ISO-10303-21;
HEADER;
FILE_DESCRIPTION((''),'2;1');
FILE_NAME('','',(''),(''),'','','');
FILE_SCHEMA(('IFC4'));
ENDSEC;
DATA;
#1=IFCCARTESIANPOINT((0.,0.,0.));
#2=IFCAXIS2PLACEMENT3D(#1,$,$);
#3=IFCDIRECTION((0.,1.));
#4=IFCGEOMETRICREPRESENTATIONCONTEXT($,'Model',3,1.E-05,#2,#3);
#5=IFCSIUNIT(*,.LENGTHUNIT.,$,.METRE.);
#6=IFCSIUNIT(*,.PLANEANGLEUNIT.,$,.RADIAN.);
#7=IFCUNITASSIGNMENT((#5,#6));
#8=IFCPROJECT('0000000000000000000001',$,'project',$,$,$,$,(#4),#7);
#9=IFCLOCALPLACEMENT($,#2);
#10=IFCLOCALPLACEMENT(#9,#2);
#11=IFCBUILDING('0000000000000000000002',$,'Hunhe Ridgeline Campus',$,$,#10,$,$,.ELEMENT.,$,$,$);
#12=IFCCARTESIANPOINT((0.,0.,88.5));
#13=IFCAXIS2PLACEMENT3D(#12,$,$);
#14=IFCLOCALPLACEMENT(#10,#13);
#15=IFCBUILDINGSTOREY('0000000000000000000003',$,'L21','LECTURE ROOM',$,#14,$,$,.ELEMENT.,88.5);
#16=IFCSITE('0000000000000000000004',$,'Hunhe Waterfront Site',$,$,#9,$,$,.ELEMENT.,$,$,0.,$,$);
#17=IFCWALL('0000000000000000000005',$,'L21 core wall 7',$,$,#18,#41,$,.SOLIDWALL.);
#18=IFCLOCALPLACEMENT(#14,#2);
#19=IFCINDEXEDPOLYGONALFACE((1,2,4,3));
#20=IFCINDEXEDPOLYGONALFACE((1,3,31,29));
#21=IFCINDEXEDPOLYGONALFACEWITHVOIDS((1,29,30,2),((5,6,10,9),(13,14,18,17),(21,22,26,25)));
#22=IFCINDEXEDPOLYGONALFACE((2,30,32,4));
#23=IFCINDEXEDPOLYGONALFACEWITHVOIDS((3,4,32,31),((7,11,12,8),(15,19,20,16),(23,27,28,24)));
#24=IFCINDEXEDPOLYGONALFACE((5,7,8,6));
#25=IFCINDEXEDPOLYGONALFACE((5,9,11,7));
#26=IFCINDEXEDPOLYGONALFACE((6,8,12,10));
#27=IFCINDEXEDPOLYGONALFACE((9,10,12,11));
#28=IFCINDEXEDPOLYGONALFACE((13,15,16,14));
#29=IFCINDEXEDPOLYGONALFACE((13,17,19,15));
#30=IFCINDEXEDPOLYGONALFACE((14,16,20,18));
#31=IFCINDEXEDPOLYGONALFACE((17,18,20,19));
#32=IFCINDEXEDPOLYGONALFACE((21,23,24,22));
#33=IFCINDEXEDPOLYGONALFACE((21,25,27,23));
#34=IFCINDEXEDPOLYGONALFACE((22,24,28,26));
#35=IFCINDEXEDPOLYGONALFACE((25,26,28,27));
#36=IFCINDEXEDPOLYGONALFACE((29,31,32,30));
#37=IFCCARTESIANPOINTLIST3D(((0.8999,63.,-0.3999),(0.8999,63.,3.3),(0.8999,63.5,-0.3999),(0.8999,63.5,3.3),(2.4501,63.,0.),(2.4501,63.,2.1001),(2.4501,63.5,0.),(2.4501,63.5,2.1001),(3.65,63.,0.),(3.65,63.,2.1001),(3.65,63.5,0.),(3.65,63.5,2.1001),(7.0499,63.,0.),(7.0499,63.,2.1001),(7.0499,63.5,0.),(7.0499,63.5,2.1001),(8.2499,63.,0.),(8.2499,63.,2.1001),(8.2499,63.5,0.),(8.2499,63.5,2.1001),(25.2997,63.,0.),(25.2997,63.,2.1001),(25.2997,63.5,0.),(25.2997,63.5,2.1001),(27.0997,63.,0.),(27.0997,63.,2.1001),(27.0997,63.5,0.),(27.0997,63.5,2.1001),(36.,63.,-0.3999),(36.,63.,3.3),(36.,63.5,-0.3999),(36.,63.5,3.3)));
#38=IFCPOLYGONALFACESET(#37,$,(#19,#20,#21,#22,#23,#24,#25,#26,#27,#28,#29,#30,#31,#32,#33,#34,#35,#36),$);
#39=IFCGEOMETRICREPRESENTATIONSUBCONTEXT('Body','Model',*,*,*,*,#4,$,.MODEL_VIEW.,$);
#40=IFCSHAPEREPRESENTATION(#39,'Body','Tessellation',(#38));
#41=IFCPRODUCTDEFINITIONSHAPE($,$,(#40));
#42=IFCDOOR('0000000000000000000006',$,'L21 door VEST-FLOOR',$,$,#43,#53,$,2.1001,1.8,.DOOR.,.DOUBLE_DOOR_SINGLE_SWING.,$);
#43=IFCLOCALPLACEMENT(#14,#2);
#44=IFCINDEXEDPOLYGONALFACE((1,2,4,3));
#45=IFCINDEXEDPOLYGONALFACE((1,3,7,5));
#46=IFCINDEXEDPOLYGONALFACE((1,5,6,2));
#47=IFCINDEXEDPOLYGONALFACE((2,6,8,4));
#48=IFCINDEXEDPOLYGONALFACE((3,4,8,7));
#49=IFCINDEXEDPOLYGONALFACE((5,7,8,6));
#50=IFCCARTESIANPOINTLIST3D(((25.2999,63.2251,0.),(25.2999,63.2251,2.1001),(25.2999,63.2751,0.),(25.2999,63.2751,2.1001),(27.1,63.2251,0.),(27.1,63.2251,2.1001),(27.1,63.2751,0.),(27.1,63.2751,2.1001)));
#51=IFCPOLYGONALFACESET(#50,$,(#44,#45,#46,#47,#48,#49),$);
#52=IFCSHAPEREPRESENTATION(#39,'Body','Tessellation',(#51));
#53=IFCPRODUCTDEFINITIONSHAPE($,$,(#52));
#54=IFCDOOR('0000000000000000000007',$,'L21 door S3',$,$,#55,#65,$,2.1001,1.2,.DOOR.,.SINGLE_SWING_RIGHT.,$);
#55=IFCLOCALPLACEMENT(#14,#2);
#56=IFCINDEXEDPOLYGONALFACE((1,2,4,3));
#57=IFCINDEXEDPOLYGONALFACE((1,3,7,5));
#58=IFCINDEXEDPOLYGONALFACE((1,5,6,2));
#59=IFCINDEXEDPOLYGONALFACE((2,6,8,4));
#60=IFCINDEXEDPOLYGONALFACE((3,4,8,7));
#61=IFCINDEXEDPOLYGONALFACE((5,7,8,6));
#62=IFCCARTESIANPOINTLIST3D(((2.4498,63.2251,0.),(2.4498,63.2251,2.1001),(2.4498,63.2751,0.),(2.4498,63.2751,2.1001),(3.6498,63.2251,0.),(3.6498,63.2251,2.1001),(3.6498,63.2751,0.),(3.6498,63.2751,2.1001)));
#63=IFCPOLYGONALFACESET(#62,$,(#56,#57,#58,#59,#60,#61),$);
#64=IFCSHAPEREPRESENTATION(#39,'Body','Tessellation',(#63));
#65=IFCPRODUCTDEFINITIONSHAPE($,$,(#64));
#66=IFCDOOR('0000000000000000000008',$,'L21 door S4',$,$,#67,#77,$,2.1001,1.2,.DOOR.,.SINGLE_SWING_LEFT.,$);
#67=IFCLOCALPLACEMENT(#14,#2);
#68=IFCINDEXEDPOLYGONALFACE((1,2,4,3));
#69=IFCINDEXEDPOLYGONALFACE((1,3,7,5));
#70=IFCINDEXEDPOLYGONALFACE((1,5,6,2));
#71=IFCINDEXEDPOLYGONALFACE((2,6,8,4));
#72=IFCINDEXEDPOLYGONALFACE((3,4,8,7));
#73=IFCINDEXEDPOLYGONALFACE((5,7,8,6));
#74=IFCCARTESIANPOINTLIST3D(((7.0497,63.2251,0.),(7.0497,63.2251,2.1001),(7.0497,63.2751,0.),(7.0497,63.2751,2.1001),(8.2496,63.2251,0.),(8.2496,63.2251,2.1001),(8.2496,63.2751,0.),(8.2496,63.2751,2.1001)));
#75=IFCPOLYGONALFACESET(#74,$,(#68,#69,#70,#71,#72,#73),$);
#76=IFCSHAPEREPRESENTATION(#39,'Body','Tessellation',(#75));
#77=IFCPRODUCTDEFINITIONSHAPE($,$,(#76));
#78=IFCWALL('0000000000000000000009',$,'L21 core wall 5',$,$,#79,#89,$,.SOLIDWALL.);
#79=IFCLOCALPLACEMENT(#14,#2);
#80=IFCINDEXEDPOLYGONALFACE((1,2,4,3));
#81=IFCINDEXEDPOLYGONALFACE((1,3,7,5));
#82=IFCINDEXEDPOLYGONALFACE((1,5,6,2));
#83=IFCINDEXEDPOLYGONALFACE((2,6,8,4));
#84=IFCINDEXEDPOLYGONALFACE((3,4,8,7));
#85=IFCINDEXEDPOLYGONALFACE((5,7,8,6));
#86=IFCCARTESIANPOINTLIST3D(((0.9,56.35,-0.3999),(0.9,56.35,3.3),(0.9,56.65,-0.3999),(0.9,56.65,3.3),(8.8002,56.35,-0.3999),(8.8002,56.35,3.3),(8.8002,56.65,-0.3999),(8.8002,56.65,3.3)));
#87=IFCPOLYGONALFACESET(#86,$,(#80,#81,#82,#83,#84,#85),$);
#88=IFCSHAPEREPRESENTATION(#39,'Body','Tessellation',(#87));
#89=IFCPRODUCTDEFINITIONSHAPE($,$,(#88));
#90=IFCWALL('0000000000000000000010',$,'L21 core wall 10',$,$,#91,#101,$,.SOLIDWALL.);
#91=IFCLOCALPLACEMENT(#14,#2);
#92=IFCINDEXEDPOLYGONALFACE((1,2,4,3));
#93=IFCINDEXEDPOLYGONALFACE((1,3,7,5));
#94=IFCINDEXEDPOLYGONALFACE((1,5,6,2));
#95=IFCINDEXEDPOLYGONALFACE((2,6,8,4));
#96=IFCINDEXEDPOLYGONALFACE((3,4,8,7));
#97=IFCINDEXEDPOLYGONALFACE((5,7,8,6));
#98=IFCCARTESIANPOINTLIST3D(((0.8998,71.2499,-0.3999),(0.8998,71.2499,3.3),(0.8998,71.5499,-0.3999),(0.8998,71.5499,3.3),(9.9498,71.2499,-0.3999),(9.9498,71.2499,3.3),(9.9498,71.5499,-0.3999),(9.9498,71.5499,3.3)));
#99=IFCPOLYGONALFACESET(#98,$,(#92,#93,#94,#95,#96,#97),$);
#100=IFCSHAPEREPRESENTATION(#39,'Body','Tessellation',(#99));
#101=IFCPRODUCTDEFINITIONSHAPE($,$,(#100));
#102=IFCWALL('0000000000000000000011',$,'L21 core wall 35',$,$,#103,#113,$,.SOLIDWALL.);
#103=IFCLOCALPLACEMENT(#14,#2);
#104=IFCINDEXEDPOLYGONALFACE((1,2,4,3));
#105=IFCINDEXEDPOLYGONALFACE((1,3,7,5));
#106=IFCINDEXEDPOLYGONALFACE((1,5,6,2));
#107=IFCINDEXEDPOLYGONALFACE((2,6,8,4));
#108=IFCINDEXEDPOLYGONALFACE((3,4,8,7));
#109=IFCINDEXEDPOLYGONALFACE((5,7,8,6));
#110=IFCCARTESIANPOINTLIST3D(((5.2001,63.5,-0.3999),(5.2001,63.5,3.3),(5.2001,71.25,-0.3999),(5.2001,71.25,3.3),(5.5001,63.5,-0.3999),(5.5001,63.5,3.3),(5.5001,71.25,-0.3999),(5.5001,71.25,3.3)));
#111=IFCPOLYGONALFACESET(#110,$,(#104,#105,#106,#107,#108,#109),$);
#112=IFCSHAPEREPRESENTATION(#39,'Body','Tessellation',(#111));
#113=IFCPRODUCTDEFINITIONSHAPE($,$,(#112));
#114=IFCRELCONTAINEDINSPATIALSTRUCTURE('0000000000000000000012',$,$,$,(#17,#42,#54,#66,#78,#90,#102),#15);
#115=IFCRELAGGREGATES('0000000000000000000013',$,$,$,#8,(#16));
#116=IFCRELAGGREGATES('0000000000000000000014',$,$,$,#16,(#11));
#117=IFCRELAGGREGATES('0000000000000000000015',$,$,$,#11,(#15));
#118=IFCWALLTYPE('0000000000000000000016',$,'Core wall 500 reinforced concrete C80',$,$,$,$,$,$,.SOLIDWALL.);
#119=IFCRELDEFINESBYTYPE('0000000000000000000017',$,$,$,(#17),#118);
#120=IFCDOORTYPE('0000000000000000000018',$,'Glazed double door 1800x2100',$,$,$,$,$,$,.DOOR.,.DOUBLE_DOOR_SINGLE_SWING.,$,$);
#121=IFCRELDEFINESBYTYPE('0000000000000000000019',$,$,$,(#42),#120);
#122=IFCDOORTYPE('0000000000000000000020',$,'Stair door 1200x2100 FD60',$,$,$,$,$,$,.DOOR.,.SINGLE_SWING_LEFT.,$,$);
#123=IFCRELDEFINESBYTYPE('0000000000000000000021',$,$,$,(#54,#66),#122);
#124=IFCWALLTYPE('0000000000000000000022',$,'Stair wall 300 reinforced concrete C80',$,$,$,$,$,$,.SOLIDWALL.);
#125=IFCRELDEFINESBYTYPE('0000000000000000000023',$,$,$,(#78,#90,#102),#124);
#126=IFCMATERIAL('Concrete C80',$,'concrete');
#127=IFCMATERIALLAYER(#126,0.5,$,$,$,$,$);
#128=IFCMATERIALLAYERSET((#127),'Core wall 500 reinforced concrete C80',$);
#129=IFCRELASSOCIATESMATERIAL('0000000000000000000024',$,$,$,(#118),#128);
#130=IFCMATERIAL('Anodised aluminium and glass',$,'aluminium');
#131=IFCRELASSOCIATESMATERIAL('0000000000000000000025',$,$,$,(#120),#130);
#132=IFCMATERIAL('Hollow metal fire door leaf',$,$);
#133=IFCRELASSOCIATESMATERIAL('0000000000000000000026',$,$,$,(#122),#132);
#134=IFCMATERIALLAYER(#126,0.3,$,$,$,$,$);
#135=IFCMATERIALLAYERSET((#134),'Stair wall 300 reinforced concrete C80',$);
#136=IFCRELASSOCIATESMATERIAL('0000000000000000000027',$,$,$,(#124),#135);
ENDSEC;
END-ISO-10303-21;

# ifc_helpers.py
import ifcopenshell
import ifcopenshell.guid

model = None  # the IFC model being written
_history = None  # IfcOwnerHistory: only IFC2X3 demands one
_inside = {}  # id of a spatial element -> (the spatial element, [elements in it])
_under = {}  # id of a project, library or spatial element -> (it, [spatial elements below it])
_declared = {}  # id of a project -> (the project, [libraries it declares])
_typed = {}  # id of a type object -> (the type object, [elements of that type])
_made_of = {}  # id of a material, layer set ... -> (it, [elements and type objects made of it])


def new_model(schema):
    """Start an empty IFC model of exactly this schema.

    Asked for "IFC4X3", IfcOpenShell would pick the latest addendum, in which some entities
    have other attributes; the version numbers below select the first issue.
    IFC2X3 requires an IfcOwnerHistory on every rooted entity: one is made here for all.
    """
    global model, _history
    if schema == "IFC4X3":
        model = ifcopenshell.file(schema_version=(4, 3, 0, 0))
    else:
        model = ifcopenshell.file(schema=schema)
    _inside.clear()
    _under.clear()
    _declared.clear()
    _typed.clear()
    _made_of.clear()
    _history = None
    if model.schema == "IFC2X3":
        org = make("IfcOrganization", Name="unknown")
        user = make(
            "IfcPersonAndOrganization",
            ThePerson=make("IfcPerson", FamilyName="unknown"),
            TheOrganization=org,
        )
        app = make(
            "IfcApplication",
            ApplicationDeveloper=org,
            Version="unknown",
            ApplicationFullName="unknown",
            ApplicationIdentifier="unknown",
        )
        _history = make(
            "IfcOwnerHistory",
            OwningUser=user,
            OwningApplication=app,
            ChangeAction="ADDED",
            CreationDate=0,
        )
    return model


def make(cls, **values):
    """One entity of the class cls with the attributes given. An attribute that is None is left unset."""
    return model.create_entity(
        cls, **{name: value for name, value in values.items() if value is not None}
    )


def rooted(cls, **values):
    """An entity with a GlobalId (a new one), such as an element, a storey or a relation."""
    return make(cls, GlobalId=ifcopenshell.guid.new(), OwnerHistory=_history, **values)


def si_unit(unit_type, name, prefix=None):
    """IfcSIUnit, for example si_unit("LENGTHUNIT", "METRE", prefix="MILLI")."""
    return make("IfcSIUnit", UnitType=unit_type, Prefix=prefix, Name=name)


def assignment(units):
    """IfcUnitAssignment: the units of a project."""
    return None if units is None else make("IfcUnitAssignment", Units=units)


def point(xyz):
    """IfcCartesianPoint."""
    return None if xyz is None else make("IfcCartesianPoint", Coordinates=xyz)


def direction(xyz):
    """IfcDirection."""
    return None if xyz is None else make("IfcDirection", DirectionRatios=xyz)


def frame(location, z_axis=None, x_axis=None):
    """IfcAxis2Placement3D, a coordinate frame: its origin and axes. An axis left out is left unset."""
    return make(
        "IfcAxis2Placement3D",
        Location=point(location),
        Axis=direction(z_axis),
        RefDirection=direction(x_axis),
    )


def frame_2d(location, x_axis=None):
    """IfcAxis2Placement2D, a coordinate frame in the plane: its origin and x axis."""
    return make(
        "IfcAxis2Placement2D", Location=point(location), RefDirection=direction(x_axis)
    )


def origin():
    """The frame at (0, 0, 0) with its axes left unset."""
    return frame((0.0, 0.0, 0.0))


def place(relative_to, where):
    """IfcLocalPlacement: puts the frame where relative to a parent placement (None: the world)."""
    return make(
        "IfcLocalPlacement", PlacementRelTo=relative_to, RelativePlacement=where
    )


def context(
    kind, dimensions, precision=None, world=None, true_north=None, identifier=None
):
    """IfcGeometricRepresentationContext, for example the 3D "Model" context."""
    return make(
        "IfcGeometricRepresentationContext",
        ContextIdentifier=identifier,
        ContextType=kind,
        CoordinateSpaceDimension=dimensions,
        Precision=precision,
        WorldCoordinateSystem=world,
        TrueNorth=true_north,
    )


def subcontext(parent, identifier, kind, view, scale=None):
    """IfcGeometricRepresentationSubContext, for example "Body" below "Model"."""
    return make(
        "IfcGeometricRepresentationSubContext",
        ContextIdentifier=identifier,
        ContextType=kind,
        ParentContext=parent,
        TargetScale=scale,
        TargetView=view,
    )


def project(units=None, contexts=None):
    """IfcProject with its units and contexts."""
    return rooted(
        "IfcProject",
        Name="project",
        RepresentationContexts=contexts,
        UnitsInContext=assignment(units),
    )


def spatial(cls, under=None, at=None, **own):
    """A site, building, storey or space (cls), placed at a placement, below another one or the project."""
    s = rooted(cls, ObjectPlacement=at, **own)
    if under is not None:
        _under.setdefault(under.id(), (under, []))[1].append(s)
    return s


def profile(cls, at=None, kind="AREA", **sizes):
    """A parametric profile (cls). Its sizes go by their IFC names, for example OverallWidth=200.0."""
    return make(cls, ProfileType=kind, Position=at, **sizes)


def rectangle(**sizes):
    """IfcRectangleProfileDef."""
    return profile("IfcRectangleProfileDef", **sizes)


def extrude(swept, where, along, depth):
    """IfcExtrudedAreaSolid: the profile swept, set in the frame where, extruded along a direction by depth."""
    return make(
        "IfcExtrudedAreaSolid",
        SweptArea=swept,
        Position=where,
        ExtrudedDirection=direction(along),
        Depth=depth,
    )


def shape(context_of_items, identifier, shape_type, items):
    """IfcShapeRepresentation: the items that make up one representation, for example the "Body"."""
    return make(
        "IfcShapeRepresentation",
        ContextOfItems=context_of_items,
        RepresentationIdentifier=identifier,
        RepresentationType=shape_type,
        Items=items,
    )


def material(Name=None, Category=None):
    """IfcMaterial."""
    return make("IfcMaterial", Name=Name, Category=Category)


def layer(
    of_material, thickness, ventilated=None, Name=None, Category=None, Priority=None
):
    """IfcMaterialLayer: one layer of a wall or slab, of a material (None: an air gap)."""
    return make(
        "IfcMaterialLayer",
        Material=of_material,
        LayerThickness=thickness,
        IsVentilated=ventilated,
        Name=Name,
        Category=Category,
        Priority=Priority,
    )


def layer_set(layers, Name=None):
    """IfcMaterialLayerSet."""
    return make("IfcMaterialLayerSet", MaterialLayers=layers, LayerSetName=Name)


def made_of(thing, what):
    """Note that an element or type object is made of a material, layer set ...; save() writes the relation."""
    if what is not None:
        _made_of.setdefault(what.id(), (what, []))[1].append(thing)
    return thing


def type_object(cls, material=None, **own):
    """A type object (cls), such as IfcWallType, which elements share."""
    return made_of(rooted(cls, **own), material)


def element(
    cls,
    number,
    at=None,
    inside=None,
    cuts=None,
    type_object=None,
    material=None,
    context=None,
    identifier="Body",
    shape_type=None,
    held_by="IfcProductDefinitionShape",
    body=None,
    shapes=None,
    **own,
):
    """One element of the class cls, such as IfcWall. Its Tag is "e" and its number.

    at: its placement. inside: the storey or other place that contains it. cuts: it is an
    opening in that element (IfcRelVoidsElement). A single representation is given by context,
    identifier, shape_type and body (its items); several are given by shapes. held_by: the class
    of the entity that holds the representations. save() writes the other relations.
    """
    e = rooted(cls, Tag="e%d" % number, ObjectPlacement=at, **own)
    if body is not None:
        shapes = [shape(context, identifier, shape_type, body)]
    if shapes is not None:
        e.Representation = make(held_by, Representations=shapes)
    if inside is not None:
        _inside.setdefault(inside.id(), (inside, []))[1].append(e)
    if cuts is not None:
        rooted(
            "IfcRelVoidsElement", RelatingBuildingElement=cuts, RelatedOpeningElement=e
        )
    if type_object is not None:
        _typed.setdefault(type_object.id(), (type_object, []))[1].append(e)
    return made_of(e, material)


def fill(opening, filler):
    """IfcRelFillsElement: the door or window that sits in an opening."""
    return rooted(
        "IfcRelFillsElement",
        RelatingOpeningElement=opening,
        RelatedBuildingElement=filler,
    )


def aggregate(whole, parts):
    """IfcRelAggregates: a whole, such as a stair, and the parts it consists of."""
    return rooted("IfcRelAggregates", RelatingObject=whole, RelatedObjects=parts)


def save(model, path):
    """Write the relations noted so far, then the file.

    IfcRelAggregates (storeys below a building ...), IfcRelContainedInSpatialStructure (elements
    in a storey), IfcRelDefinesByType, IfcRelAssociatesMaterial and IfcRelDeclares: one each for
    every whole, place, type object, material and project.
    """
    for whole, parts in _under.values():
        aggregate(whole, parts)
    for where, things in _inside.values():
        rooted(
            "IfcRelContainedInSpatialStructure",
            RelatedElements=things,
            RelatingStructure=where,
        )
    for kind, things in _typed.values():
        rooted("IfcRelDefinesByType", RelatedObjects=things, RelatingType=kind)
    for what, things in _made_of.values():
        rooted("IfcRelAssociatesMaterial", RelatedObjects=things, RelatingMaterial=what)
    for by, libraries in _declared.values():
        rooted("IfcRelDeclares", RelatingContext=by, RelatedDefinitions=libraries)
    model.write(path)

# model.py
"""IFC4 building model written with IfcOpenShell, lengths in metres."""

from ifc_helpers import new_model, si_unit, direction, frame, frame_2d, origin, place, context, subcontext, project, spatial, rectangle, extrude, material, layer, layer_set, type_object, element, fill, save


model = new_model("IFC4")

# Units and contexts
model_context = context("Model", 3, precision=1e-05, world=origin(), true_north=direction((0.0, 1.0)))
body_context = subcontext(model_context, "Body", "Model", "MODEL_VIEW")
ifc_project = project(units=[si_unit("LENGTHUNIT", "METRE"), si_unit("PLANEANGLEUNIT", "RADIAN")], contexts=[model_context])

# Site, building, storey
site_placement = place(None, origin())
site = spatial("IfcSite", under=ifc_project, at=site_placement, Name="Hunhe Waterfront Site", CompositionType="ELEMENT", RefElevation=0.0)
building_placement = place(site_placement, origin())
building = spatial("IfcBuilding", under=site, at=building_placement, Name="Hunhe Ridgeline Campus", CompositionType="ELEMENT")
storey_placement = place(building_placement, frame((0.0, 0.0, 88.5)))
storey = spatial("IfcBuildingStorey", under=building, at=storey_placement, Name="L21", Description="LECTURE ROOM", CompositionType="ELEMENT", Elevation=88.5)

# Wall, openings, doors
ifc_material_1 = material(Name="Concrete C80", Category="concrete")
ifc_layer_1 = layer(ifc_material_1, 0.5)
ifc_layer_set_1 = layer_set([ifc_layer_1], Name="Core wall 500 reinforced concrete C80")
wall_type_1 = type_object("IfcWallType", Name="Core wall 500 reinforced concrete C80", PredefinedType="SOLIDWALL", material=ifc_layer_set_1)
wall_1_placement = place(storey_placement, frame((0.8999, 63.25, -0.3999), z_axis=(0.0, 0.0, 1.0), x_axis=(1.0, 0.0, 0.0)))
wall_1 = element("IfcWall", 1, at=wall_1_placement, inside=storey, type_object=wall_type_1, Name="L21 core wall 7", PredefinedType="SOLIDWALL", context=body_context, shape_type="SweptSolid", body=[
    extrude(rectangle(XDim=35.1001, YDim=0.5, at=frame_2d((17.55, 0.0))), origin(), (0.0, 0.0, 1.0), 3.7),
])
opening_1_placement = place(wall_1_placement, frame((24.3999, 0.0, 0.3999)))
opening_1 = element("IfcOpeningElement", 2, at=opening_1_placement, cuts=wall_1, PredefinedType="OPENING", context=body_context, shape_type="SweptSolid", body=[
    extrude(rectangle(XDim=1.8, YDim=2.1001, at=frame_2d((0.8999, 1.05))), frame((0.0, 0.25, 0.0), z_axis=(0.0, -1.0, 0.0), x_axis=(1.0, 0.0, 0.0)), (0.0, 0.0, 1.0), 0.5),
])
opening_2_placement = place(wall_1_placement, frame((1.55, 0.0, 0.3999)))
opening_2 = element("IfcOpeningElement", 3, at=opening_2_placement, cuts=wall_1, PredefinedType="OPENING", context=body_context, shape_type="SweptSolid", body=[
    extrude(rectangle(XDim=1.2, YDim=2.1001, at=frame_2d((0.6001, 1.05))), frame((0.0, 0.25, 0.0), z_axis=(0.0, -1.0, 0.0), x_axis=(1.0, 0.0, 0.0)), (0.0, 0.0, 1.0), 0.5),
])
opening_3_placement = place(wall_1_placement, frame((6.1499, 0.0, 0.3999)))
opening_3 = element("IfcOpeningElement", 4, at=opening_3_placement, cuts=wall_1, PredefinedType="OPENING", context=body_context, shape_type="SweptSolid", body=[
    extrude(rectangle(XDim=1.2, YDim=2.1001, at=frame_2d((0.6001, 1.05))), frame((0.0, 0.25, 0.0), z_axis=(0.0, -1.0, 0.0), x_axis=(1.0, 0.0, 0.0)), (0.0, 0.0, 1.0), 0.5),
])
ifc_material_2 = material(Name="Anodised aluminium and glass", Category="aluminium")
door_type_1 = type_object("IfcDoorType", Name="Glazed double door 1800x2100", OperationType="DOUBLE_DOOR_SINGLE_SWING", PredefinedType="DOOR", material=ifc_material_2)
door_1_placement = place(opening_1_placement, frame((1.8, 0.0, 0.0), z_axis=(0.0, 0.0, 1.0), x_axis=(-1.0, 0.0, 0.0)))
door_1 = element("IfcDoor", 5, at=door_1_placement, inside=storey, type_object=door_type_1, Name="L21 door VEST-FLOOR", OperationType="DOUBLE_DOOR_SINGLE_SWING", OverallHeight=2.1001, OverallWidth=1.8, PredefinedType="DOOR", context=body_context, shape_type="SweptSolid", body=[
    extrude(rectangle(XDim=1.8, YDim=2.1001, at=frame_2d((0.8999, 1.05))), frame((0.0, 0.0249, 0.0), z_axis=(0.0, -1.0, 0.0), x_axis=(1.0, 0.0, 0.0)), (0.0, 0.0, 1.0), 0.05),
])
fill(opening_1, door_1)
ifc_material_3 = material(Name="Hollow metal fire door leaf")
door_type_2 = type_object("IfcDoorType", Name="Stair door 1200x2100 FD60", OperationType="SINGLE_SWING_LEFT", PredefinedType="DOOR", material=ifc_material_3)
door_2_placement = place(opening_2_placement, frame((1.2, 0.0, 0.0), z_axis=(0.0, 0.0, 1.0), x_axis=(-1.0, 0.0, 0.0)))
door_2 = element("IfcDoor", 6, at=door_2_placement, inside=storey, type_object=door_type_2, Name="L21 door S3", OperationType="SINGLE_SWING_RIGHT", OverallHeight=2.1001, OverallWidth=1.2, PredefinedType="DOOR", context=body_context, shape_type="SweptSolid", body=[
    extrude(rectangle(XDim=1.2, YDim=2.1001, at=frame_2d((0.6001, 1.05))), frame((0.0, 0.0249, 0.0), z_axis=(0.0, -1.0, 0.0), x_axis=(1.0, 0.0, 0.0)), (0.0, 0.0, 1.0), 0.05),
])
fill(opening_2, door_2)
door_3_placement = place(opening_3_placement, frame((1.2, 0.0, 0.0), z_axis=(0.0, 0.0, 1.0), x_axis=(-1.0, 0.0, 0.0)))
door_3 = element("IfcDoor", 7, at=door_3_placement, inside=storey, type_object=door_type_2, Name="L21 door S4", OperationType="SINGLE_SWING_LEFT", OverallHeight=2.1001, OverallWidth=1.2, PredefinedType="DOOR", context=body_context, shape_type="SweptSolid", body=[
    extrude(rectangle(XDim=1.2, YDim=2.1001, at=frame_2d((0.6001, 1.05))), frame((0.0, 0.0249, 0.0), z_axis=(0.0, -1.0, 0.0), x_axis=(1.0, 0.0, 0.0)), (0.0, 0.0, 1.0), 0.05),
])
fill(opening_3, door_3)

# Wall
ifc_layer_2 = layer(ifc_material_1, 0.3)
ifc_layer_set_2 = layer_set([ifc_layer_2], Name="Stair wall 300 reinforced concrete C80")
wall_type_2 = type_object("IfcWallType", Name="Stair wall 300 reinforced concrete C80", PredefinedType="SOLIDWALL", material=ifc_layer_set_2)
wall_2_placement = place(storey_placement, frame((0.8999, 56.5, -0.3999), z_axis=(0.0, 0.0, 1.0), x_axis=(1.0, 0.0, 0.0)))
element("IfcWall", 8, at=wall_2_placement, inside=storey, type_object=wall_type_2, Name="L21 core wall 5", PredefinedType="SOLIDWALL", context=body_context, shape_type="SweptSolid", body=[
    extrude(rectangle(XDim=7.9001, YDim=0.3, at=frame_2d((3.9502, 0.0))), origin(), (0.0, 0.0, 1.0), 3.7),
])

# Walls
wall_3_placement = place(storey_placement, frame((0.8999, 71.3999, -0.3999), z_axis=(0.0, 0.0, 1.0), x_axis=(1.0, 0.0, 0.0)))
element("IfcWall", 9, at=wall_3_placement, inside=storey, type_object=wall_type_2, Name="L21 core wall 10", PredefinedType="SOLIDWALL", context=body_context, shape_type="SweptSolid", body=[
    extrude(rectangle(XDim=9.05, YDim=0.3, at=frame_2d((4.5249, 0.0))), origin(), (0.0, 0.0, 1.0), 3.7),
])
wall_4_placement = place(storey_placement, frame((5.3501, 63.5, -0.3999), z_axis=(0.0, 0.0, 1.0), x_axis=(0.0, 1.0, 0.0)))
element("IfcWall", 10, at=wall_4_placement, inside=storey, type_object=wall_type_2, Name="L21 core wall 35", PredefinedType="SOLIDWALL", context=body_context, shape_type="SweptSolid", body=[
    extrude(rectangle(XDim=7.75, YDim=0.3, at=frame_2d((3.875, 0.0))), origin(), (0.0, 0.0, 1.0), 3.7),
])

save(model, "model.ifc")
